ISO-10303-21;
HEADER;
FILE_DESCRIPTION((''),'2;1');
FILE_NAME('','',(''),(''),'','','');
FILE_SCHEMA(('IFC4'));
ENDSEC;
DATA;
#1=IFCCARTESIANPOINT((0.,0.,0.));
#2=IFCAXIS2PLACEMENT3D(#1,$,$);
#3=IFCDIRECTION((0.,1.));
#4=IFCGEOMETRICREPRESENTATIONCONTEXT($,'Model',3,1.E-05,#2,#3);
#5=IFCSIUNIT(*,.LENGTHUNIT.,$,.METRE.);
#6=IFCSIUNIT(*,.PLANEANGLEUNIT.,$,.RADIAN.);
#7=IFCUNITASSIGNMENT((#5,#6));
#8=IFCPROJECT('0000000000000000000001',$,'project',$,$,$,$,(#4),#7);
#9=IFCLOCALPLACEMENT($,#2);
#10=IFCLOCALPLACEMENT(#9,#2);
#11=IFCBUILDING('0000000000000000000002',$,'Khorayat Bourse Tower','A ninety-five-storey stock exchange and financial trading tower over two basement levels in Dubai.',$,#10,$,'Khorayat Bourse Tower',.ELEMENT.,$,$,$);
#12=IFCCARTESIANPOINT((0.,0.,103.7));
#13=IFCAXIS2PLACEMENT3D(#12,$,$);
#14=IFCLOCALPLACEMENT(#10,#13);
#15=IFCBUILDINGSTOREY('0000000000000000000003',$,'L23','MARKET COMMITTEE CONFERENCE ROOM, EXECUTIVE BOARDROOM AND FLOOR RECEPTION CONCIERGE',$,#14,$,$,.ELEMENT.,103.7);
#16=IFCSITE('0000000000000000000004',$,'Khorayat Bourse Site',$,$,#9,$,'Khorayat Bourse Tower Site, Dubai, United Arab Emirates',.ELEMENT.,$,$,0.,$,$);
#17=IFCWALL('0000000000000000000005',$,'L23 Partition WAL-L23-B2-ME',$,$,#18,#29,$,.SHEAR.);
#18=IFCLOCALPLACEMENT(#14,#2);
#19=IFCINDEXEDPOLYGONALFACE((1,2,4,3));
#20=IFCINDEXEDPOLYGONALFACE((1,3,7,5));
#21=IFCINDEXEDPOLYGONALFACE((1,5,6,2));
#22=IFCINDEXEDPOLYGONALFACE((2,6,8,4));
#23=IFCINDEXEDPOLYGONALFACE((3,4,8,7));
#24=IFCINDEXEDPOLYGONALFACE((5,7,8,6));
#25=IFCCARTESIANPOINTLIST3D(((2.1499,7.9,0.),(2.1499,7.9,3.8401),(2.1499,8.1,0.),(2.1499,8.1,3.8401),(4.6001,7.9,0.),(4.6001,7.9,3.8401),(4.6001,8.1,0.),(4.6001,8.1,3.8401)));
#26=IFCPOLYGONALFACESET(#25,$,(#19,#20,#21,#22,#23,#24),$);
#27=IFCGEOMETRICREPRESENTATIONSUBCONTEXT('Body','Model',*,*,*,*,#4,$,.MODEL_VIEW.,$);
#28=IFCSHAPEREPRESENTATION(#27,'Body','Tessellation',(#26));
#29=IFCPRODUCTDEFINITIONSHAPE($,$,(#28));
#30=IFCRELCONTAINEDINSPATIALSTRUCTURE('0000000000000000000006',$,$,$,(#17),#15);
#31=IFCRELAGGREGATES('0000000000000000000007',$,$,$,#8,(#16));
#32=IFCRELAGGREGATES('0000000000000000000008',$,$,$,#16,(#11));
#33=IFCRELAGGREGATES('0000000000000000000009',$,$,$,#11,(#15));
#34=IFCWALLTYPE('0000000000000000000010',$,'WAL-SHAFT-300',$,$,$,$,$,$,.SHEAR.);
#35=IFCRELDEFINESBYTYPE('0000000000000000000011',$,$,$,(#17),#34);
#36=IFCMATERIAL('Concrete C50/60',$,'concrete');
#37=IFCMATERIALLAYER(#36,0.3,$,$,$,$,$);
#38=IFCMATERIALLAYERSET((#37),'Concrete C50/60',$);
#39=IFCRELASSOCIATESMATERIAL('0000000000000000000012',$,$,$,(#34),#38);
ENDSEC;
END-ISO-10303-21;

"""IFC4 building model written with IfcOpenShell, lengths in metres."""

from ifc_helpers import new_model, si_unit, direction, frame, frame_2d, origin, place, context, subcontext, project, spatial, rectangle, extrude, source, transform, mapped, material, layer, layer_set, type_object, element, save


model = new_model("IFC4")

# Units and contexts
model_context = context("Model", 3, precision=1e-05, world=origin(), true_north=direction((0.0, 1.0)))
body_context = subcontext(model_context, "Body", "Model", "MODEL_VIEW")
ifc_project = project(units=[si_unit("LENGTHUNIT", "METRE"), si_unit("PLANEANGLEUNIT", "RADIAN")], contexts=[model_context])

# Site, building, storey
site_placement = place(None, origin())
site = spatial("IfcSite", under=ifc_project, at=site_placement, Name="Khorayat Bourse Site", LongName="Khorayat Bourse Tower Site, Dubai, United Arab Emirates", CompositionType="ELEMENT", RefElevation=0.0)
building_placement = place(site_placement, origin())
building = spatial("IfcBuilding", under=site, at=building_placement, Name="Khorayat Bourse Tower", Description="A ninety-five-storey stock exchange and financial trading tower over two basement levels in Dubai.", LongName="Khorayat Bourse Tower", CompositionType="ELEMENT")
storey_placement = place(building_placement, frame((0.0, 0.0, 103.7)))
storey = spatial("IfcBuildingStorey", under=building, at=storey_placement, Name="L23", Description="MARKET COMMITTEE CONFERENCE ROOM, EXECUTIVE BOARDROOM AND FLOOR RECEPTION CONCIERGE", CompositionType="ELEMENT", Elevation=103.7)

# Shared definitions
ifc_material_1 = material(Name="Concrete C50/60", Category="concrete")
ifc_layer_1 = layer(ifc_material_1, 0.3)
ifc_layer_set_1 = layer_set([ifc_layer_1], Name="Concrete C50/60")
wall_type_1 = type_object("IfcWallType", Name="WAL-SHAFT-300", PredefinedType="SHEAR", material=ifc_layer_set_1)

# Wall
shared_shape_1 = source(origin(), body_context, "Body", "SweptSolid", [
    extrude(rectangle(XDim=2.4502, YDim=0.2, at=frame_2d((1.2251, 0.0))), origin(), (0.0, 0.0, 1.0), 3.8401),
])
wall_1_placement = place(storey_placement, frame((2.1499, 8.0, 0.0), z_axis=(0.0, 0.0, 1.0), x_axis=(1.0, 0.0, 0.0)))
element("IfcWall", 1, at=wall_1_placement, inside=storey, type_object=wall_type_1, Name="L23 Partition WAL-L23-B2-ME", PredefinedType="SHEAR", context=body_context, shape_type="MappedRepresentation", body=[
    mapped(shared_shape_1, transform((0.0, 0.0, 0.0), scale=1.0)),
])

save(model, "model.ifc")
